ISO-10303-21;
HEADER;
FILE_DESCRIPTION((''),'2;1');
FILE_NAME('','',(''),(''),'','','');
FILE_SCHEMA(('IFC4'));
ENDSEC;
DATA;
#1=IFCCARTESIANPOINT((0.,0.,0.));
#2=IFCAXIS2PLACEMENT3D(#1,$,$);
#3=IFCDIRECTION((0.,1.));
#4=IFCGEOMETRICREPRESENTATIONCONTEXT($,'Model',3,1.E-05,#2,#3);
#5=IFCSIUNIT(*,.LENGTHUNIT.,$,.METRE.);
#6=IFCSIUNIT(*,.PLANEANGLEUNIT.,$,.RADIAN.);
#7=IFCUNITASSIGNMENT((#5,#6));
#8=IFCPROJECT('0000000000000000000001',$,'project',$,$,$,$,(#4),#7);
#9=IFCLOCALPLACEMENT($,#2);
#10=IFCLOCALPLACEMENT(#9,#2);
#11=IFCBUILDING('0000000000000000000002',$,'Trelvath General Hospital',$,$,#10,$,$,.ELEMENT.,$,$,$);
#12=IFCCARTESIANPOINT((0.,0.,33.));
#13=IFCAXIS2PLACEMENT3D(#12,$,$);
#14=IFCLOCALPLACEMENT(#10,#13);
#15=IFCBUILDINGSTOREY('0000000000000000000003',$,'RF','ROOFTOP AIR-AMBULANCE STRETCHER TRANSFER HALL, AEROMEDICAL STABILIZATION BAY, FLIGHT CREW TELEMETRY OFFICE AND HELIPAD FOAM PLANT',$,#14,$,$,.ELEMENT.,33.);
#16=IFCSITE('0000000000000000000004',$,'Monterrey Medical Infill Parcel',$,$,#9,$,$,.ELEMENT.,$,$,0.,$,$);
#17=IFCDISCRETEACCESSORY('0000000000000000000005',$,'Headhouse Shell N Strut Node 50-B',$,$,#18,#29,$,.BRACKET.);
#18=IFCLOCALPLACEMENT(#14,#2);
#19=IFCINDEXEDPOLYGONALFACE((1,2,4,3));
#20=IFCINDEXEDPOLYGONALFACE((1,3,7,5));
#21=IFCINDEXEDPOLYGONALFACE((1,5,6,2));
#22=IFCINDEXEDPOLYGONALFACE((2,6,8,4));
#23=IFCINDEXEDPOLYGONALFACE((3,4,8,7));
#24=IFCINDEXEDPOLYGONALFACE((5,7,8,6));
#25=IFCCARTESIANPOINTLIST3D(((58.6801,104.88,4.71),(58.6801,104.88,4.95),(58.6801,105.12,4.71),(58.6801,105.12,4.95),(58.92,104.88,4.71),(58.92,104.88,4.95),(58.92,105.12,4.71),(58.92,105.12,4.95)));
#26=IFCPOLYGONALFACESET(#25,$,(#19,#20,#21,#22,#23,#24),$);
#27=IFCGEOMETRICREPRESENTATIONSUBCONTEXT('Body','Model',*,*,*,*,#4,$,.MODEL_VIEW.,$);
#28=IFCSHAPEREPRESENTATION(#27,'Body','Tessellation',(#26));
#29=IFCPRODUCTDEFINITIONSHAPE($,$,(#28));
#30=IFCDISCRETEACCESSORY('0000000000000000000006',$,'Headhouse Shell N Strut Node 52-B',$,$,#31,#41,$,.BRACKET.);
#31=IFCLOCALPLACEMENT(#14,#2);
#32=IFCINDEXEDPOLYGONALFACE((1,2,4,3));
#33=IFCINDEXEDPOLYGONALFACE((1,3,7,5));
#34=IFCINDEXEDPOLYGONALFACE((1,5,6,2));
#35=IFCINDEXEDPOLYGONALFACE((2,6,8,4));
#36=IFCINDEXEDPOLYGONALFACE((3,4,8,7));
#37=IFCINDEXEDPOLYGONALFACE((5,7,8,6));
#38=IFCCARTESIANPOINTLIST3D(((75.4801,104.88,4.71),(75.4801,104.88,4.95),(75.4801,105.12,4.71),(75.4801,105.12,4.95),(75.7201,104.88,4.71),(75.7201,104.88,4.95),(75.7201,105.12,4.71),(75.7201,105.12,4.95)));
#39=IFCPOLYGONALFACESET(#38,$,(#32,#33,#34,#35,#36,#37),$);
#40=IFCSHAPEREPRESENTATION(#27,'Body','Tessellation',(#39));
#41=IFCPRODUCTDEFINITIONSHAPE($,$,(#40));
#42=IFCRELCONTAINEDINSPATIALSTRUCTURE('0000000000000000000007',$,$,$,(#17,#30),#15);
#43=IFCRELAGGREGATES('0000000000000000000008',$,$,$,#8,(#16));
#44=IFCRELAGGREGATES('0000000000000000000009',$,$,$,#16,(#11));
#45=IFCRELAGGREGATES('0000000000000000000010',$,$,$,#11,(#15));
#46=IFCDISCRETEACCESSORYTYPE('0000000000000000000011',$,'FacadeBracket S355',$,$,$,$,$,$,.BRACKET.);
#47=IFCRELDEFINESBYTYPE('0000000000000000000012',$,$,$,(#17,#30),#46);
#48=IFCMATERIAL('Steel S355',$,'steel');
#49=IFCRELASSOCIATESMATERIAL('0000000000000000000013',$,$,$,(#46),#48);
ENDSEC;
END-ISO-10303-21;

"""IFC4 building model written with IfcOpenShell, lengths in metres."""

from ifc_helpers import new_model, si_unit, direction, frame, origin, origin_2d, place, context, subcontext, project, spatial, rectangle, extrude, material, type_object, element, save


model = new_model("IFC4")

# Units and contexts
model_context = context("Model", 3, precision=1e-05, world=origin(), true_north=direction((0.0, 1.0)))
body_context = subcontext(model_context, "Body", "Model", "MODEL_VIEW")
ifc_project = project(units=[si_unit("LENGTHUNIT", "METRE"), si_unit("PLANEANGLEUNIT", "RADIAN")], contexts=[model_context])

# Site, building, storey
site_placement = place(None, origin())
site = spatial("IfcSite", under=ifc_project, at=site_placement, Name="Monterrey Medical Infill Parcel", CompositionType="ELEMENT", RefElevation=0.0)
building_placement = place(site_placement, origin())
building = spatial("IfcBuilding", under=site, at=building_placement, Name="Trelvath General Hospital", CompositionType="ELEMENT")
storey_placement = place(building_placement, frame((0.0, 0.0, 33.0)))
storey = spatial("IfcBuildingStorey", under=building, at=storey_placement, Name="RF", Description="ROOFTOP AIR-AMBULANCE STRETCHER TRANSFER HALL, AEROMEDICAL STABILIZATION BAY, FLIGHT CREW TELEMETRY OFFICE AND HELIPAD FOAM PLANT", CompositionType="ELEMENT", Elevation=33.0)

# Discrete accessories
ifc_material_1 = material(Name="Steel S355", Category="steel")
discrete_accessory_type = type_object("IfcDiscreteAccessoryType", Name="FacadeBracket S355", PredefinedType="BRACKET", material=ifc_material_1)
for number, where, z_axis, x_axis, name in (
    (1, (58.8, 105.0, 4.71), (0.0, 0.0, 1.0), (1.0, 0.0, 0.0), "Headhouse Shell N Strut Node 50-B"),
    (2, (75.6001, 105.0, 4.71), (0.0, 0.0, 1.0), (1.0, 0.0, 0.0), "Headhouse Shell N Strut Node 52-B"),
):
    element("IfcDiscreteAccessory", number, at=place(storey_placement, frame(where, z_axis=z_axis, x_axis=x_axis)), inside=storey, type_object=discrete_accessory_type, Name=name, PredefinedType="BRACKET", context=body_context, shape_type="SweptSolid", body=[
        extrude(rectangle(XDim=0.24, YDim=0.24, at=origin_2d()), origin(), (0.0, 0.0, 1.0), 0.24),
    ])

save(model, "model.ifc")
